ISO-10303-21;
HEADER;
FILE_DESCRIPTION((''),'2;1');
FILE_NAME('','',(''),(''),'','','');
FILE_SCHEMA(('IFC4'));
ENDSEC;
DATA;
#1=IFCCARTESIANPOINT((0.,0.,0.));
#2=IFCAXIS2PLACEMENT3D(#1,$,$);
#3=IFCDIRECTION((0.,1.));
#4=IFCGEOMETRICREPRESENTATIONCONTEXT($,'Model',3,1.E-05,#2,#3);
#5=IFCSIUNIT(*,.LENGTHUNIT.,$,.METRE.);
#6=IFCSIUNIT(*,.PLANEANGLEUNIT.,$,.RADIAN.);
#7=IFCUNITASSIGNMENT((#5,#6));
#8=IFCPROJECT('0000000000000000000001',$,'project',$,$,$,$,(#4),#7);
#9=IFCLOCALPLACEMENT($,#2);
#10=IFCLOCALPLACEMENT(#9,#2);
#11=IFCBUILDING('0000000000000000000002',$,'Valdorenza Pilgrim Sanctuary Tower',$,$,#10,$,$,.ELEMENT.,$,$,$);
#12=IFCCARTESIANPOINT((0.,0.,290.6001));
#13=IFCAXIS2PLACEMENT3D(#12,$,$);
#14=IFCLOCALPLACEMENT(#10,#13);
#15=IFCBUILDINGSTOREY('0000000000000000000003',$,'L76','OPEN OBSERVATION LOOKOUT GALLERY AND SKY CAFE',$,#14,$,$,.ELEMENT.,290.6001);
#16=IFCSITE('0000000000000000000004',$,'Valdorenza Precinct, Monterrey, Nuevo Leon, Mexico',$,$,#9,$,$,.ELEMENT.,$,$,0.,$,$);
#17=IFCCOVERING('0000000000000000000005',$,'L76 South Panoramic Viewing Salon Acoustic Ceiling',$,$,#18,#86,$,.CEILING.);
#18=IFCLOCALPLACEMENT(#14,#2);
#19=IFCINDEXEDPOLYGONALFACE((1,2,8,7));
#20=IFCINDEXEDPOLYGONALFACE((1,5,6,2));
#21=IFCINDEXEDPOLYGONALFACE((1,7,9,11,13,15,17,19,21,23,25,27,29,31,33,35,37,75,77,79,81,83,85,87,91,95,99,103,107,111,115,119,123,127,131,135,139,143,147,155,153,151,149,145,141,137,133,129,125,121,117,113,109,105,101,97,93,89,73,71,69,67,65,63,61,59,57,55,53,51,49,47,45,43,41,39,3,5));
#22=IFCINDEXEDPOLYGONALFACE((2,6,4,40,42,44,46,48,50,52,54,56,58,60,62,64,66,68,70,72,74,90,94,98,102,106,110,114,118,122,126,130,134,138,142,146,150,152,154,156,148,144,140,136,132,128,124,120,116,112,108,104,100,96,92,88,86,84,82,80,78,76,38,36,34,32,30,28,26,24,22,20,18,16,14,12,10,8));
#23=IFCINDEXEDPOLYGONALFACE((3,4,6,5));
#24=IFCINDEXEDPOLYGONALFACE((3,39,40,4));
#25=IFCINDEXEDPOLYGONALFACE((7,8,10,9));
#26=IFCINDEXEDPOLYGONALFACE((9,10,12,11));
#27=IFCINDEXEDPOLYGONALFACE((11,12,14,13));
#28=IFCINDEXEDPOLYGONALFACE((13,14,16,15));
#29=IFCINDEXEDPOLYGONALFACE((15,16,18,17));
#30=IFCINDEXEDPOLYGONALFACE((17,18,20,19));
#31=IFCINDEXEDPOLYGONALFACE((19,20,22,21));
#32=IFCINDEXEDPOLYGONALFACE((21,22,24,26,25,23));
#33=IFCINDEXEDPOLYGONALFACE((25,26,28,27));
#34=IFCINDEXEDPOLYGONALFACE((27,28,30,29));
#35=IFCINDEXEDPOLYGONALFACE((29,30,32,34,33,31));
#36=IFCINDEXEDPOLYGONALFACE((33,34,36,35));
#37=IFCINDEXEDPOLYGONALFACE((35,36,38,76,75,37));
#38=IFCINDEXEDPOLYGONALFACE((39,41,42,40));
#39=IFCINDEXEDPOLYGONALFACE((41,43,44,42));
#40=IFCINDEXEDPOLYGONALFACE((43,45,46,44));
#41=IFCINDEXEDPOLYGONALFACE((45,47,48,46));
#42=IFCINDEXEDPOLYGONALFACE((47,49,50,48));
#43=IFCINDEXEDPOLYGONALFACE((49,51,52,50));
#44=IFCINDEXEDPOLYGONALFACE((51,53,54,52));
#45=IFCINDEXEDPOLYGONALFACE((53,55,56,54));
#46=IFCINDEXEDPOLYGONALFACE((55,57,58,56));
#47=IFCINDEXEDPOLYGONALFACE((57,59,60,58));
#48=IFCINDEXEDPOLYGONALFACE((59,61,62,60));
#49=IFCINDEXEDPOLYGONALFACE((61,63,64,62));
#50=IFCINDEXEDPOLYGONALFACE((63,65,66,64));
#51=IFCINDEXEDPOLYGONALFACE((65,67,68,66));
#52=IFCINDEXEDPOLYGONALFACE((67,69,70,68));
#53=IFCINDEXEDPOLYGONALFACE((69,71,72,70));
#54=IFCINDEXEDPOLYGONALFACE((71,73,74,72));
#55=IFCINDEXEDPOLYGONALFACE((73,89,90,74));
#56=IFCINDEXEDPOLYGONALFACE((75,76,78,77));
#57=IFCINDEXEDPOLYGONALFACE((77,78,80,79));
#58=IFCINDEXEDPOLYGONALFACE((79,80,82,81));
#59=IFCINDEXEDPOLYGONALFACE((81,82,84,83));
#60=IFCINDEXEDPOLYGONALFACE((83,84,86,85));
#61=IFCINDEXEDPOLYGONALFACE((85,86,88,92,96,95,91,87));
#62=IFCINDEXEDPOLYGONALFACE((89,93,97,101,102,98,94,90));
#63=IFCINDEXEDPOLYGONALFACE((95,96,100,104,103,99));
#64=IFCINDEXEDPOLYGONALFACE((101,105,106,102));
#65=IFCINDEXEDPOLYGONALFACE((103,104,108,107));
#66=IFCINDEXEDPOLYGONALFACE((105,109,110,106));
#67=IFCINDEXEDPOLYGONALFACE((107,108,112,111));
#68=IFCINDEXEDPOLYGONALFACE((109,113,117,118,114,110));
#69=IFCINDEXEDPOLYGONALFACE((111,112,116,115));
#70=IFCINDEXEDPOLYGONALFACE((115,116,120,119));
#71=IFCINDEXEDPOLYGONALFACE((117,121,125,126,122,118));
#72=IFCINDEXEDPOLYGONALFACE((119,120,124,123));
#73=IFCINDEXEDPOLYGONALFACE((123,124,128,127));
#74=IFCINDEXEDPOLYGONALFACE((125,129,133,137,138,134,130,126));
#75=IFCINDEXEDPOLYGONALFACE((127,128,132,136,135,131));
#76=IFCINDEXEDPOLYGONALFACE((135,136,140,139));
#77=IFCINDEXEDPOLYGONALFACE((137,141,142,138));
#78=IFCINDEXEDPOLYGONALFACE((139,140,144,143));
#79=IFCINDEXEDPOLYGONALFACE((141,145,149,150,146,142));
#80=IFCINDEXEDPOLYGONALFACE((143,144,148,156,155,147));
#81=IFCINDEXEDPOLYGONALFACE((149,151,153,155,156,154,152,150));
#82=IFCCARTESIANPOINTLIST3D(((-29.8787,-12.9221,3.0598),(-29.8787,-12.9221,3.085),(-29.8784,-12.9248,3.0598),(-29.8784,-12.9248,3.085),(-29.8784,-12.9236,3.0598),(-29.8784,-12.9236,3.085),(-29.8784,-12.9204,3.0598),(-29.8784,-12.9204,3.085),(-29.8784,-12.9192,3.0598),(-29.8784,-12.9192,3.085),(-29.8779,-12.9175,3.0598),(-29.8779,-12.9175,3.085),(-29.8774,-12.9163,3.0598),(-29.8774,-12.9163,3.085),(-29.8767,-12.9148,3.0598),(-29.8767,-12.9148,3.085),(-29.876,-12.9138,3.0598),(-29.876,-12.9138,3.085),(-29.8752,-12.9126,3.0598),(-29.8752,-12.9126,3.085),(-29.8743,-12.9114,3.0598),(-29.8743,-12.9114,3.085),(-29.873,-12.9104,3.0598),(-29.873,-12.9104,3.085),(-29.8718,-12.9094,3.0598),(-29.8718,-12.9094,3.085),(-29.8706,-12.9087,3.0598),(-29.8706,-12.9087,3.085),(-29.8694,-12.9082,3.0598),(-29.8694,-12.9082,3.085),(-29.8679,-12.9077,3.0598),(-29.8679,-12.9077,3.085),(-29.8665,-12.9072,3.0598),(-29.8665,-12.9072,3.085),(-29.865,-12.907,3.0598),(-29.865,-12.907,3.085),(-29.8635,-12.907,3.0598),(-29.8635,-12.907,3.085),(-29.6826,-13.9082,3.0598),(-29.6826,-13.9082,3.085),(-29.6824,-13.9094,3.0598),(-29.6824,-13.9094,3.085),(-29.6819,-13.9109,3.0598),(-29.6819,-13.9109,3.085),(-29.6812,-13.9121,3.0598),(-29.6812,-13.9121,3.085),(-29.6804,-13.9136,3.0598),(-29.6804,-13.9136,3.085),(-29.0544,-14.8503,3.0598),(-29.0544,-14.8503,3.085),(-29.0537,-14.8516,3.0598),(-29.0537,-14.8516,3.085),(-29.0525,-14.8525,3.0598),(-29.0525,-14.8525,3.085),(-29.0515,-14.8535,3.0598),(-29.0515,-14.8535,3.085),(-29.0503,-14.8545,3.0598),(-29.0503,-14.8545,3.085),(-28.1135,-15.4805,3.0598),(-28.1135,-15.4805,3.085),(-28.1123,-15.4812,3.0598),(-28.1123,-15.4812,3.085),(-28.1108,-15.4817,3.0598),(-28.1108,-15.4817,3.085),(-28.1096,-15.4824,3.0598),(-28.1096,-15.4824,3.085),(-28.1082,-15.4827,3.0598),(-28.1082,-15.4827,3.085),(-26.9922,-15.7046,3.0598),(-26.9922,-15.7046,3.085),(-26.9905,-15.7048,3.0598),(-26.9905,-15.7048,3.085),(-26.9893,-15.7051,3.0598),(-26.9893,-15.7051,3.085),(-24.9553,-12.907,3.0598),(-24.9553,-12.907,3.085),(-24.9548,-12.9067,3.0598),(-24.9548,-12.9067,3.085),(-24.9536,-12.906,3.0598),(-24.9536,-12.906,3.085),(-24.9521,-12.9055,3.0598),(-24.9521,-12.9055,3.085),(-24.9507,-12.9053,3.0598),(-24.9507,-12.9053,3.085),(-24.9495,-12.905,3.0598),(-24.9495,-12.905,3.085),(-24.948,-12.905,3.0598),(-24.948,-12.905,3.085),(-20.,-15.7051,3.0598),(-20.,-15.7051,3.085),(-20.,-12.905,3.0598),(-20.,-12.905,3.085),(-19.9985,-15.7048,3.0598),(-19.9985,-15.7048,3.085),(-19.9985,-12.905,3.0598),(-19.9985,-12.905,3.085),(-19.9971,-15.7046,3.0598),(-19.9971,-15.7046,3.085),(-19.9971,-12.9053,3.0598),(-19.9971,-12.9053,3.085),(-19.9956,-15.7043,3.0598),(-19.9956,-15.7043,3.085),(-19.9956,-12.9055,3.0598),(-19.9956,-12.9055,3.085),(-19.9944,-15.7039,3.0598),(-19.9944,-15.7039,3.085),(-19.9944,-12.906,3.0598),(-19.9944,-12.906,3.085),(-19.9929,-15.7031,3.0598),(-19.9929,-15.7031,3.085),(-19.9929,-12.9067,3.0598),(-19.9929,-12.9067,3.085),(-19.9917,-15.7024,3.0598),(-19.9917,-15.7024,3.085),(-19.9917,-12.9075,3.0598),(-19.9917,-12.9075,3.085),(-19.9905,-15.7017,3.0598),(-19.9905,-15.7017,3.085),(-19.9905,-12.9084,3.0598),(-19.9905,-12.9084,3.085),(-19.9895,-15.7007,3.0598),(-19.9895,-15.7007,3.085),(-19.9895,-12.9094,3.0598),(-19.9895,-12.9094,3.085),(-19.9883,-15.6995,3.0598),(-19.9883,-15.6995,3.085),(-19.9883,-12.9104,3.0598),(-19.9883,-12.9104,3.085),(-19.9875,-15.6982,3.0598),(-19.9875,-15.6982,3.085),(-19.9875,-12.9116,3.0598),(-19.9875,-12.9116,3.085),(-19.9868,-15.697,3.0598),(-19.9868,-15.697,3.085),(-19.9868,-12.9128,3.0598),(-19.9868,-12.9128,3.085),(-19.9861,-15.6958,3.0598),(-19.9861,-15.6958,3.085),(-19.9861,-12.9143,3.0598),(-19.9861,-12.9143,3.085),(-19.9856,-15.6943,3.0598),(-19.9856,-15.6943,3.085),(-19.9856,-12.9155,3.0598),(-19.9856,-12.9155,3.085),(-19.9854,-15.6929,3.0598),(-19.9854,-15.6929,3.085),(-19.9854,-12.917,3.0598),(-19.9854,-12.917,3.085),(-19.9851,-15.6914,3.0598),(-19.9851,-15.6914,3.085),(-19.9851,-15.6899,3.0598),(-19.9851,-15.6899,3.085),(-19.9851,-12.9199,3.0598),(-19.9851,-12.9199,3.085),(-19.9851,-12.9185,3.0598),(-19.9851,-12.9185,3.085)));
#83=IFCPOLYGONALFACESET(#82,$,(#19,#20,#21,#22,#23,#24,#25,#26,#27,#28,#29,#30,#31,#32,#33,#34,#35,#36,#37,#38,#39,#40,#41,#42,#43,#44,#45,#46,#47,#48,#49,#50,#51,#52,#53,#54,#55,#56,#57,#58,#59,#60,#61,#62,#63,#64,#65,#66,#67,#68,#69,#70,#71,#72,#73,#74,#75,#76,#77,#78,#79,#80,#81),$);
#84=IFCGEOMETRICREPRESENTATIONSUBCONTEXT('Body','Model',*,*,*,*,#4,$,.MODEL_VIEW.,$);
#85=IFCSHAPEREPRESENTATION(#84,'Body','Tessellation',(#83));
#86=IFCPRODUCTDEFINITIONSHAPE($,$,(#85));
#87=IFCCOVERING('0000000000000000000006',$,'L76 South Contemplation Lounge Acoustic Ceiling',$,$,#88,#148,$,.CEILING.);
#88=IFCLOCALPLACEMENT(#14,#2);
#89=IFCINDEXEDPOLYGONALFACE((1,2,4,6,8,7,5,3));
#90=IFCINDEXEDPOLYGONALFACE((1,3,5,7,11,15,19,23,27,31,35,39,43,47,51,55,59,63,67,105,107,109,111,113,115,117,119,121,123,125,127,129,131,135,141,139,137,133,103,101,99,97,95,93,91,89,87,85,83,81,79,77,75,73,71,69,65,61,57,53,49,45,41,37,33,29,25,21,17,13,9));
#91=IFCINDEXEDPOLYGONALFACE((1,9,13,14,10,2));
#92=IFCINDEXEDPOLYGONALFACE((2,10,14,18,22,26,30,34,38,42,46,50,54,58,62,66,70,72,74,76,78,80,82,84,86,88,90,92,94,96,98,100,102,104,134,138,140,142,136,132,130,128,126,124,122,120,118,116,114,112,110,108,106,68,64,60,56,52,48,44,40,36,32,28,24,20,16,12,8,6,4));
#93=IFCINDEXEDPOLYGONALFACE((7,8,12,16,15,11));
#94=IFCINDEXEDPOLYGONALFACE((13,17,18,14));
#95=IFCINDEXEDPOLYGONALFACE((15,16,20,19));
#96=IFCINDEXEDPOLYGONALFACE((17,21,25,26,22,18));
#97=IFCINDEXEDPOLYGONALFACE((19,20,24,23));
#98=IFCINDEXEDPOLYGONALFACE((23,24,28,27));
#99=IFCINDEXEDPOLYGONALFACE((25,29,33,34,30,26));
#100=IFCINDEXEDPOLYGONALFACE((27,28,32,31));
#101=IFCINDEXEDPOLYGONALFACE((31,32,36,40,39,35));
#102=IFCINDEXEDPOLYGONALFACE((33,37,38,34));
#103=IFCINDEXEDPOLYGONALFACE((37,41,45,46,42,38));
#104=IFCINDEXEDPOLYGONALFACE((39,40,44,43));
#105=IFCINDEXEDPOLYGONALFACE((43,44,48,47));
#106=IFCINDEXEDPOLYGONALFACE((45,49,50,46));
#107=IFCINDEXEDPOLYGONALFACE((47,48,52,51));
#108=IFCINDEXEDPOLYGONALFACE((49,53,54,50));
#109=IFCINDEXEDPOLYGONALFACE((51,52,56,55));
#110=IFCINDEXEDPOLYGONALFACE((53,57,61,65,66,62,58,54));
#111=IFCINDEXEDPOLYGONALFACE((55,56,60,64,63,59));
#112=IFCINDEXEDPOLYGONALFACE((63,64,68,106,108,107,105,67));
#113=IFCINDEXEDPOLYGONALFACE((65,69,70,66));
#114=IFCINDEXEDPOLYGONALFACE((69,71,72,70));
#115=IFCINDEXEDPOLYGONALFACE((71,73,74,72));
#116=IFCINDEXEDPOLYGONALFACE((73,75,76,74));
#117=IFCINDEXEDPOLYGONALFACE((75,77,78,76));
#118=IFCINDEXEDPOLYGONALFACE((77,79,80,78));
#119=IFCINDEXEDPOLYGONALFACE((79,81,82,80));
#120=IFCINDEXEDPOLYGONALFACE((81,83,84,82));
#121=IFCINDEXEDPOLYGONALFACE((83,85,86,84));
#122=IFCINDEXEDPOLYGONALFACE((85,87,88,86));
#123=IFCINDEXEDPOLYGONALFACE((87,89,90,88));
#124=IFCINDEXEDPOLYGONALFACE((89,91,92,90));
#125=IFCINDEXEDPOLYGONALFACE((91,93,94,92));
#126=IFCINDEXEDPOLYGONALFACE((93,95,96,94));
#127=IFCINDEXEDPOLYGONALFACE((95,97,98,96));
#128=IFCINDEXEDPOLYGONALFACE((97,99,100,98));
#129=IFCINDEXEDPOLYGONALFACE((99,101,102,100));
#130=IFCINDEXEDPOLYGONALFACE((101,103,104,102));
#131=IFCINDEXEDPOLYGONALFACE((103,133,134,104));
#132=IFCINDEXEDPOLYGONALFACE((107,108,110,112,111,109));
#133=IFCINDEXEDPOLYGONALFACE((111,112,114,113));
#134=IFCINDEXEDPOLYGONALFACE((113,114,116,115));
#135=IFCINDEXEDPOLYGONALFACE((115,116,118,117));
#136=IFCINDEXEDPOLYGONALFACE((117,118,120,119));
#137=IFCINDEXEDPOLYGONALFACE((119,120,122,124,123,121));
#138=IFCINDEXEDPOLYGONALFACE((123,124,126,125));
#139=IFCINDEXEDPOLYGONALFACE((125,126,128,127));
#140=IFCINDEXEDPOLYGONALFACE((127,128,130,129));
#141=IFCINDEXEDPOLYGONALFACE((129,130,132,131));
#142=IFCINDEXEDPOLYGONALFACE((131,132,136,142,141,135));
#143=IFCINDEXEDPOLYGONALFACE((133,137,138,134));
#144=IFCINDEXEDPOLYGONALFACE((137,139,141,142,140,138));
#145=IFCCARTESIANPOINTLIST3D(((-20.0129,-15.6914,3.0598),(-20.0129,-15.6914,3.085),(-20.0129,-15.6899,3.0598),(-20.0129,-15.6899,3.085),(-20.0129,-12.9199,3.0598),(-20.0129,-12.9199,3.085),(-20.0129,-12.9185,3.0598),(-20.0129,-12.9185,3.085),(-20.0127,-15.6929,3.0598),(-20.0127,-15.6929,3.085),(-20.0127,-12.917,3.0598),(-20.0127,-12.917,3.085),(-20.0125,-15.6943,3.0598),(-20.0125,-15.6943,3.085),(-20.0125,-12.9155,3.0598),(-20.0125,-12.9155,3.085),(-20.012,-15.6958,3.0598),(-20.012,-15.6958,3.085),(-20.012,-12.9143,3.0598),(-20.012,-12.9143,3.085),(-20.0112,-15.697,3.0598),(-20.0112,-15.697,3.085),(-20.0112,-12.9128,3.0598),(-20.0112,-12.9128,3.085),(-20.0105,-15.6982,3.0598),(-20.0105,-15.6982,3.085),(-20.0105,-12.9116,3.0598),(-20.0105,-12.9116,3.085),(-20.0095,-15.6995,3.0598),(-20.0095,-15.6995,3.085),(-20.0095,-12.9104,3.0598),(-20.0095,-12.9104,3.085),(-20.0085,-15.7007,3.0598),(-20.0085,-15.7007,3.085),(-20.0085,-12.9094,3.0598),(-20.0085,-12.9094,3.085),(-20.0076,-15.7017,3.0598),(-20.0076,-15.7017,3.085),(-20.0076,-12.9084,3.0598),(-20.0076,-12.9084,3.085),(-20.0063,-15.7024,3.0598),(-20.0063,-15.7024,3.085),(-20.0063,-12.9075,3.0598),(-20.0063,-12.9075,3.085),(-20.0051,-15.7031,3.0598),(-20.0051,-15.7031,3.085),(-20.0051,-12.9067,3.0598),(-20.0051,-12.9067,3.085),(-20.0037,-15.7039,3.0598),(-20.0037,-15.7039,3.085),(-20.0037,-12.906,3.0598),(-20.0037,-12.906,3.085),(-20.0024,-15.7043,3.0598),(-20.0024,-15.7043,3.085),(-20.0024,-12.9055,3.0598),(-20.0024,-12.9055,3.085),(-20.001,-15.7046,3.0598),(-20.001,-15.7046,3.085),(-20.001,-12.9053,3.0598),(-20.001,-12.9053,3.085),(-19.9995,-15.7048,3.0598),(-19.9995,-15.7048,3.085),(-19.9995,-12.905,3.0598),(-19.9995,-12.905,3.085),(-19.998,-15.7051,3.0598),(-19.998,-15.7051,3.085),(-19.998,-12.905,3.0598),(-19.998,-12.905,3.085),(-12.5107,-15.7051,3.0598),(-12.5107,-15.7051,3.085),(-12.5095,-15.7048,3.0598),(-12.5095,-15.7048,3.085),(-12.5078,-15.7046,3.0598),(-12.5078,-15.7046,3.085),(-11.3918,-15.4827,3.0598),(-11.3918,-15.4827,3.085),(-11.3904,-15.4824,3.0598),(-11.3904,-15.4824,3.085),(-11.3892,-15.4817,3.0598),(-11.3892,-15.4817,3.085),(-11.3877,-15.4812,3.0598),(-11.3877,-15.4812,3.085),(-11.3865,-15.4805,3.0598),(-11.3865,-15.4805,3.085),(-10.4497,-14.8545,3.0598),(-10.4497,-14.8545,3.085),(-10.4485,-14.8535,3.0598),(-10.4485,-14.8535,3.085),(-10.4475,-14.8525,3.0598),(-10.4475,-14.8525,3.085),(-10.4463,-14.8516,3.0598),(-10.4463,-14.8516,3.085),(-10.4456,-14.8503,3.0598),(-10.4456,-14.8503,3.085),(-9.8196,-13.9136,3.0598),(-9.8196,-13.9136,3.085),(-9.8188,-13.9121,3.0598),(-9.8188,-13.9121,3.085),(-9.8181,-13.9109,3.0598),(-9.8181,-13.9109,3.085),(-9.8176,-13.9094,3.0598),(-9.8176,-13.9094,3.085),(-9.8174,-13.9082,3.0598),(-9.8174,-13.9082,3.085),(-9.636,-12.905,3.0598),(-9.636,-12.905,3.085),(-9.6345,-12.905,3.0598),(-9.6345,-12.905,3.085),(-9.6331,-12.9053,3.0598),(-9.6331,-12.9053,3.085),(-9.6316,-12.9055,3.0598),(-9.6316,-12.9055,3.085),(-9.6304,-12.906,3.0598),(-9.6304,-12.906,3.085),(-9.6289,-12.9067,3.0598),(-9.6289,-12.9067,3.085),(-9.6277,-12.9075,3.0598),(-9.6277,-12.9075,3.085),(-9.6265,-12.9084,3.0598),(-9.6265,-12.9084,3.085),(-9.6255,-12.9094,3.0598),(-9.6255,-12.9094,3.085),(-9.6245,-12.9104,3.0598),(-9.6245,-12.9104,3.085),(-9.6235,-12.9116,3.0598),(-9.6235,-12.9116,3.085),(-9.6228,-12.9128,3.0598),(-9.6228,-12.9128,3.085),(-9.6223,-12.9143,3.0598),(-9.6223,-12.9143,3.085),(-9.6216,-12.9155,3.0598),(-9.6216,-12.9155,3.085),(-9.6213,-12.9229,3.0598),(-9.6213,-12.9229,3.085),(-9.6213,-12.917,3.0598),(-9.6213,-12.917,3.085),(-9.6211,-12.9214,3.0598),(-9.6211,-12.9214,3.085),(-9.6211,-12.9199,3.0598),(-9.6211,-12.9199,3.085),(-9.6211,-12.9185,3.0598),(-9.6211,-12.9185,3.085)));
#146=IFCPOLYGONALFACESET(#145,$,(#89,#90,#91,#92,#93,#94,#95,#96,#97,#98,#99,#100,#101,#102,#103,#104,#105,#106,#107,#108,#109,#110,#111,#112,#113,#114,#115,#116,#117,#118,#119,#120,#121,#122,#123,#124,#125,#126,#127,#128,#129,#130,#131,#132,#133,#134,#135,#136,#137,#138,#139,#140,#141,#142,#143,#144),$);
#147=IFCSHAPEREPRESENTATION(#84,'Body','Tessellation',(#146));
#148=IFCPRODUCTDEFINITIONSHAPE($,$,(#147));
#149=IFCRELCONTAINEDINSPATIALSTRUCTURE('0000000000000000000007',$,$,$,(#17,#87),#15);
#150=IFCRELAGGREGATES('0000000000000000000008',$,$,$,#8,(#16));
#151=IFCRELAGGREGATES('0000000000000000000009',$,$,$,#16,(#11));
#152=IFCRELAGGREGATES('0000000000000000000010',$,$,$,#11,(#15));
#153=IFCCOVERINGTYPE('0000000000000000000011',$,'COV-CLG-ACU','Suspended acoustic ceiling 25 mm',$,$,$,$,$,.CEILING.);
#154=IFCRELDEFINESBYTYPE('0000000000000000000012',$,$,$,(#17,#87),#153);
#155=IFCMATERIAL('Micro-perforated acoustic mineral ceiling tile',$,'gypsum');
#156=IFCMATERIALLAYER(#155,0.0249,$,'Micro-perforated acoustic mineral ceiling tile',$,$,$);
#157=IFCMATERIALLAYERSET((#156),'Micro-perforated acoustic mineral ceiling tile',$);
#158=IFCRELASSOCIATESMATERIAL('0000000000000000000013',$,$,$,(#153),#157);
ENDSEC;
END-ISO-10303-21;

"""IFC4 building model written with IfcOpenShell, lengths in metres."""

from ifc_helpers import new_model, si_unit, direction, frame, origin, place, context, subcontext, project, spatial, polyline, outline, extrude, material, layer, layer_set, type_object, element, save


model = new_model("IFC4")

# Units and contexts
model_context = context("Model", 3, precision=1e-05, world=origin(), true_north=direction((0.0, 1.0)))
body_context = subcontext(model_context, "Body", "Model", "MODEL_VIEW")
ifc_project = project(units=[si_unit("LENGTHUNIT", "METRE"), si_unit("PLANEANGLEUNIT", "RADIAN")], contexts=[model_context])

# Site, building, storey
site_placement = place(None, origin())
site = spatial("IfcSite", under=ifc_project, at=site_placement, Name="Valdorenza Precinct, Monterrey, Nuevo Leon, Mexico", CompositionType="ELEMENT", RefElevation=0.0)
building_placement = place(site_placement, origin())
building = spatial("IfcBuilding", under=site, at=building_placement, Name="Valdorenza Pilgrim Sanctuary Tower", CompositionType="ELEMENT")
storey_placement = place(building_placement, frame((0.0, 0.0, 290.6001)))
storey = spatial("IfcBuildingStorey", under=building, at=storey_placement, Name="L76", Description="OPEN OBSERVATION LOOKOUT GALLERY AND SKY CAFE", CompositionType="ELEMENT", Elevation=290.6001)

# Coverings
ifc_material_1 = material(Name="Micro-perforated acoustic mineral ceiling tile", Category="gypsum")
ifc_layer_1 = layer(ifc_material_1, 0.0249, Name="Micro-perforated acoustic mineral ceiling tile")
ifc_layer_set_1 = layer_set([ifc_layer_1], Name="Micro-perforated acoustic mineral ceiling tile")
covering_type_1 = type_object("IfcCoveringType", Name="COV-CLG-ACU", Description="Suspended acoustic ceiling 25 mm", PredefinedType="CEILING", material=ifc_layer_set_1)
covering_1_placement = place(storey_placement, frame((0.0, 0.0, 3.0598)))
element("IfcCovering", 1, at=covering_1_placement, inside=storey, type_object=covering_type_1, Name="L76 South Panoramic Viewing Salon Acoustic Ceiling", PredefinedType="CEILING", context=body_context, shape_type="SweptSolid", body=[
    extrude(outline(polyline([(-24.9553, -12.907), (-24.9548, -12.9067), (-24.9536, -12.906), (-24.9521, -12.9055), (-24.9507, -12.9053), (-24.9495, -12.905), (-24.948, -12.905), (-20.0, -12.905), (-19.9985, -12.905), (-19.9971, -12.9053), (-19.9956, -12.9055), (-19.9944, -12.906), (-19.9929, -12.9067), (-19.9917, -12.9075), (-19.9905, -12.9084), (-19.9895, -12.9094), (-19.9883, -12.9104), (-19.9875, -12.9116), (-19.9868, -12.9128), (-19.9861, -12.9143), (-19.9856, -12.9155), (-19.9854, -12.917), (-19.9851, -12.9185), (-19.9851, -12.9199), (-19.9851, -15.6899), (-19.9851, -15.6914), (-19.9854, -15.6929), (-19.9856, -15.6943), (-19.9861, -15.6958), (-19.9868, -15.697), (-19.9875, -15.6982), (-19.9883, -15.6995), (-19.9895, -15.7007), (-19.9905, -15.7017), (-19.9917, -15.7024), (-19.9929, -15.7031), (-19.9944, -15.7039), (-19.9956, -15.7043), (-19.9971, -15.7046), (-19.9985, -15.7048), (-20.0, -15.7051), (-26.9893, -15.7051), (-26.9905, -15.7048), (-26.9922, -15.7046), (-28.1082, -15.4827), (-28.1096, -15.4824), (-28.1108, -15.4817), (-28.1123, -15.4812), (-28.1135, -15.4805), (-29.0503, -14.8545), (-29.0515, -14.8535), (-29.0525, -14.8525), (-29.0537, -14.8516), (-29.0544, -14.8503), (-29.6804, -13.9136), (-29.6812, -13.9121), (-29.6819, -13.9109), (-29.6824, -13.9094), (-29.6826, -13.9082), (-29.8784, -12.9248), (-29.8784, -12.9236), (-29.8787, -12.9221), (-29.8784, -12.9204), (-29.8784, -12.9192), (-29.8779, -12.9175), (-29.8774, -12.9163), (-29.8767, -12.9148), (-29.876, -12.9138), (-29.8752, -12.9126), (-29.8743, -12.9114), (-29.873, -12.9104), (-29.8718, -12.9094), (-29.8706, -12.9087), (-29.8694, -12.9082), (-29.8679, -12.9077), (-29.8665, -12.9072), (-29.865, -12.907), (-29.8635, -12.907), (-24.9553, -12.907)])), origin(), (0.0, 0.0, 1.0), 0.0251),
])
covering_2_placement = place(storey_placement, frame((0.0, 0.0, 3.0598)))
element("IfcCovering", 2, at=covering_2_placement, inside=storey, type_object=covering_type_1, Name="L76 South Contemplation Lounge Acoustic Ceiling", PredefinedType="CEILING", context=body_context, shape_type="SweptSolid", body=[
    extrude(outline(polyline([(-9.636, -12.905), (-9.6345, -12.905), (-9.6331, -12.9053), (-9.6316, -12.9055), (-9.6304, -12.906), (-9.6289, -12.9067), (-9.6277, -12.9075), (-9.6265, -12.9084), (-9.6255, -12.9094), (-9.6245, -12.9104), (-9.6235, -12.9116), (-9.6228, -12.9128), (-9.6223, -12.9143), (-9.6216, -12.9155), (-9.6213, -12.917), (-9.6211, -12.9185), (-9.6211, -12.9199), (-9.6211, -12.9214), (-9.6213, -12.9229), (-9.8174, -13.9082), (-9.8176, -13.9094), (-9.8181, -13.9109), (-9.8188, -13.9121), (-9.8196, -13.9136), (-10.4456, -14.8503), (-10.4463, -14.8516), (-10.4475, -14.8525), (-10.4485, -14.8535), (-10.4497, -14.8545), (-11.3865, -15.4805), (-11.3877, -15.4812), (-11.3892, -15.4817), (-11.3904, -15.4824), (-11.3918, -15.4827), (-12.5078, -15.7046), (-12.5095, -15.7048), (-12.5107, -15.7051), (-19.998, -15.7051), (-19.9995, -15.7048), (-20.001, -15.7046), (-20.0024, -15.7043), (-20.0037, -15.7039), (-20.0051, -15.7031), (-20.0063, -15.7024), (-20.0076, -15.7017), (-20.0085, -15.7007), (-20.0095, -15.6995), (-20.0105, -15.6982), (-20.0112, -15.697), (-20.012, -15.6958), (-20.0125, -15.6943), (-20.0127, -15.6929), (-20.0129, -15.6914), (-20.0129, -15.6899), (-20.0129, -12.9199), (-20.0129, -12.9185), (-20.0127, -12.917), (-20.0125, -12.9155), (-20.012, -12.9143), (-20.0112, -12.9128), (-20.0105, -12.9116), (-20.0095, -12.9104), (-20.0085, -12.9094), (-20.0076, -12.9084), (-20.0063, -12.9075), (-20.0051, -12.9067), (-20.0037, -12.906), (-20.0024, -12.9055), (-20.001, -12.9053), (-19.9995, -12.905), (-19.998, -12.905), (-9.636, -12.905)])), origin(), (0.0, 0.0, 1.0), 0.0251),
])

save(model, "model.ifc")
